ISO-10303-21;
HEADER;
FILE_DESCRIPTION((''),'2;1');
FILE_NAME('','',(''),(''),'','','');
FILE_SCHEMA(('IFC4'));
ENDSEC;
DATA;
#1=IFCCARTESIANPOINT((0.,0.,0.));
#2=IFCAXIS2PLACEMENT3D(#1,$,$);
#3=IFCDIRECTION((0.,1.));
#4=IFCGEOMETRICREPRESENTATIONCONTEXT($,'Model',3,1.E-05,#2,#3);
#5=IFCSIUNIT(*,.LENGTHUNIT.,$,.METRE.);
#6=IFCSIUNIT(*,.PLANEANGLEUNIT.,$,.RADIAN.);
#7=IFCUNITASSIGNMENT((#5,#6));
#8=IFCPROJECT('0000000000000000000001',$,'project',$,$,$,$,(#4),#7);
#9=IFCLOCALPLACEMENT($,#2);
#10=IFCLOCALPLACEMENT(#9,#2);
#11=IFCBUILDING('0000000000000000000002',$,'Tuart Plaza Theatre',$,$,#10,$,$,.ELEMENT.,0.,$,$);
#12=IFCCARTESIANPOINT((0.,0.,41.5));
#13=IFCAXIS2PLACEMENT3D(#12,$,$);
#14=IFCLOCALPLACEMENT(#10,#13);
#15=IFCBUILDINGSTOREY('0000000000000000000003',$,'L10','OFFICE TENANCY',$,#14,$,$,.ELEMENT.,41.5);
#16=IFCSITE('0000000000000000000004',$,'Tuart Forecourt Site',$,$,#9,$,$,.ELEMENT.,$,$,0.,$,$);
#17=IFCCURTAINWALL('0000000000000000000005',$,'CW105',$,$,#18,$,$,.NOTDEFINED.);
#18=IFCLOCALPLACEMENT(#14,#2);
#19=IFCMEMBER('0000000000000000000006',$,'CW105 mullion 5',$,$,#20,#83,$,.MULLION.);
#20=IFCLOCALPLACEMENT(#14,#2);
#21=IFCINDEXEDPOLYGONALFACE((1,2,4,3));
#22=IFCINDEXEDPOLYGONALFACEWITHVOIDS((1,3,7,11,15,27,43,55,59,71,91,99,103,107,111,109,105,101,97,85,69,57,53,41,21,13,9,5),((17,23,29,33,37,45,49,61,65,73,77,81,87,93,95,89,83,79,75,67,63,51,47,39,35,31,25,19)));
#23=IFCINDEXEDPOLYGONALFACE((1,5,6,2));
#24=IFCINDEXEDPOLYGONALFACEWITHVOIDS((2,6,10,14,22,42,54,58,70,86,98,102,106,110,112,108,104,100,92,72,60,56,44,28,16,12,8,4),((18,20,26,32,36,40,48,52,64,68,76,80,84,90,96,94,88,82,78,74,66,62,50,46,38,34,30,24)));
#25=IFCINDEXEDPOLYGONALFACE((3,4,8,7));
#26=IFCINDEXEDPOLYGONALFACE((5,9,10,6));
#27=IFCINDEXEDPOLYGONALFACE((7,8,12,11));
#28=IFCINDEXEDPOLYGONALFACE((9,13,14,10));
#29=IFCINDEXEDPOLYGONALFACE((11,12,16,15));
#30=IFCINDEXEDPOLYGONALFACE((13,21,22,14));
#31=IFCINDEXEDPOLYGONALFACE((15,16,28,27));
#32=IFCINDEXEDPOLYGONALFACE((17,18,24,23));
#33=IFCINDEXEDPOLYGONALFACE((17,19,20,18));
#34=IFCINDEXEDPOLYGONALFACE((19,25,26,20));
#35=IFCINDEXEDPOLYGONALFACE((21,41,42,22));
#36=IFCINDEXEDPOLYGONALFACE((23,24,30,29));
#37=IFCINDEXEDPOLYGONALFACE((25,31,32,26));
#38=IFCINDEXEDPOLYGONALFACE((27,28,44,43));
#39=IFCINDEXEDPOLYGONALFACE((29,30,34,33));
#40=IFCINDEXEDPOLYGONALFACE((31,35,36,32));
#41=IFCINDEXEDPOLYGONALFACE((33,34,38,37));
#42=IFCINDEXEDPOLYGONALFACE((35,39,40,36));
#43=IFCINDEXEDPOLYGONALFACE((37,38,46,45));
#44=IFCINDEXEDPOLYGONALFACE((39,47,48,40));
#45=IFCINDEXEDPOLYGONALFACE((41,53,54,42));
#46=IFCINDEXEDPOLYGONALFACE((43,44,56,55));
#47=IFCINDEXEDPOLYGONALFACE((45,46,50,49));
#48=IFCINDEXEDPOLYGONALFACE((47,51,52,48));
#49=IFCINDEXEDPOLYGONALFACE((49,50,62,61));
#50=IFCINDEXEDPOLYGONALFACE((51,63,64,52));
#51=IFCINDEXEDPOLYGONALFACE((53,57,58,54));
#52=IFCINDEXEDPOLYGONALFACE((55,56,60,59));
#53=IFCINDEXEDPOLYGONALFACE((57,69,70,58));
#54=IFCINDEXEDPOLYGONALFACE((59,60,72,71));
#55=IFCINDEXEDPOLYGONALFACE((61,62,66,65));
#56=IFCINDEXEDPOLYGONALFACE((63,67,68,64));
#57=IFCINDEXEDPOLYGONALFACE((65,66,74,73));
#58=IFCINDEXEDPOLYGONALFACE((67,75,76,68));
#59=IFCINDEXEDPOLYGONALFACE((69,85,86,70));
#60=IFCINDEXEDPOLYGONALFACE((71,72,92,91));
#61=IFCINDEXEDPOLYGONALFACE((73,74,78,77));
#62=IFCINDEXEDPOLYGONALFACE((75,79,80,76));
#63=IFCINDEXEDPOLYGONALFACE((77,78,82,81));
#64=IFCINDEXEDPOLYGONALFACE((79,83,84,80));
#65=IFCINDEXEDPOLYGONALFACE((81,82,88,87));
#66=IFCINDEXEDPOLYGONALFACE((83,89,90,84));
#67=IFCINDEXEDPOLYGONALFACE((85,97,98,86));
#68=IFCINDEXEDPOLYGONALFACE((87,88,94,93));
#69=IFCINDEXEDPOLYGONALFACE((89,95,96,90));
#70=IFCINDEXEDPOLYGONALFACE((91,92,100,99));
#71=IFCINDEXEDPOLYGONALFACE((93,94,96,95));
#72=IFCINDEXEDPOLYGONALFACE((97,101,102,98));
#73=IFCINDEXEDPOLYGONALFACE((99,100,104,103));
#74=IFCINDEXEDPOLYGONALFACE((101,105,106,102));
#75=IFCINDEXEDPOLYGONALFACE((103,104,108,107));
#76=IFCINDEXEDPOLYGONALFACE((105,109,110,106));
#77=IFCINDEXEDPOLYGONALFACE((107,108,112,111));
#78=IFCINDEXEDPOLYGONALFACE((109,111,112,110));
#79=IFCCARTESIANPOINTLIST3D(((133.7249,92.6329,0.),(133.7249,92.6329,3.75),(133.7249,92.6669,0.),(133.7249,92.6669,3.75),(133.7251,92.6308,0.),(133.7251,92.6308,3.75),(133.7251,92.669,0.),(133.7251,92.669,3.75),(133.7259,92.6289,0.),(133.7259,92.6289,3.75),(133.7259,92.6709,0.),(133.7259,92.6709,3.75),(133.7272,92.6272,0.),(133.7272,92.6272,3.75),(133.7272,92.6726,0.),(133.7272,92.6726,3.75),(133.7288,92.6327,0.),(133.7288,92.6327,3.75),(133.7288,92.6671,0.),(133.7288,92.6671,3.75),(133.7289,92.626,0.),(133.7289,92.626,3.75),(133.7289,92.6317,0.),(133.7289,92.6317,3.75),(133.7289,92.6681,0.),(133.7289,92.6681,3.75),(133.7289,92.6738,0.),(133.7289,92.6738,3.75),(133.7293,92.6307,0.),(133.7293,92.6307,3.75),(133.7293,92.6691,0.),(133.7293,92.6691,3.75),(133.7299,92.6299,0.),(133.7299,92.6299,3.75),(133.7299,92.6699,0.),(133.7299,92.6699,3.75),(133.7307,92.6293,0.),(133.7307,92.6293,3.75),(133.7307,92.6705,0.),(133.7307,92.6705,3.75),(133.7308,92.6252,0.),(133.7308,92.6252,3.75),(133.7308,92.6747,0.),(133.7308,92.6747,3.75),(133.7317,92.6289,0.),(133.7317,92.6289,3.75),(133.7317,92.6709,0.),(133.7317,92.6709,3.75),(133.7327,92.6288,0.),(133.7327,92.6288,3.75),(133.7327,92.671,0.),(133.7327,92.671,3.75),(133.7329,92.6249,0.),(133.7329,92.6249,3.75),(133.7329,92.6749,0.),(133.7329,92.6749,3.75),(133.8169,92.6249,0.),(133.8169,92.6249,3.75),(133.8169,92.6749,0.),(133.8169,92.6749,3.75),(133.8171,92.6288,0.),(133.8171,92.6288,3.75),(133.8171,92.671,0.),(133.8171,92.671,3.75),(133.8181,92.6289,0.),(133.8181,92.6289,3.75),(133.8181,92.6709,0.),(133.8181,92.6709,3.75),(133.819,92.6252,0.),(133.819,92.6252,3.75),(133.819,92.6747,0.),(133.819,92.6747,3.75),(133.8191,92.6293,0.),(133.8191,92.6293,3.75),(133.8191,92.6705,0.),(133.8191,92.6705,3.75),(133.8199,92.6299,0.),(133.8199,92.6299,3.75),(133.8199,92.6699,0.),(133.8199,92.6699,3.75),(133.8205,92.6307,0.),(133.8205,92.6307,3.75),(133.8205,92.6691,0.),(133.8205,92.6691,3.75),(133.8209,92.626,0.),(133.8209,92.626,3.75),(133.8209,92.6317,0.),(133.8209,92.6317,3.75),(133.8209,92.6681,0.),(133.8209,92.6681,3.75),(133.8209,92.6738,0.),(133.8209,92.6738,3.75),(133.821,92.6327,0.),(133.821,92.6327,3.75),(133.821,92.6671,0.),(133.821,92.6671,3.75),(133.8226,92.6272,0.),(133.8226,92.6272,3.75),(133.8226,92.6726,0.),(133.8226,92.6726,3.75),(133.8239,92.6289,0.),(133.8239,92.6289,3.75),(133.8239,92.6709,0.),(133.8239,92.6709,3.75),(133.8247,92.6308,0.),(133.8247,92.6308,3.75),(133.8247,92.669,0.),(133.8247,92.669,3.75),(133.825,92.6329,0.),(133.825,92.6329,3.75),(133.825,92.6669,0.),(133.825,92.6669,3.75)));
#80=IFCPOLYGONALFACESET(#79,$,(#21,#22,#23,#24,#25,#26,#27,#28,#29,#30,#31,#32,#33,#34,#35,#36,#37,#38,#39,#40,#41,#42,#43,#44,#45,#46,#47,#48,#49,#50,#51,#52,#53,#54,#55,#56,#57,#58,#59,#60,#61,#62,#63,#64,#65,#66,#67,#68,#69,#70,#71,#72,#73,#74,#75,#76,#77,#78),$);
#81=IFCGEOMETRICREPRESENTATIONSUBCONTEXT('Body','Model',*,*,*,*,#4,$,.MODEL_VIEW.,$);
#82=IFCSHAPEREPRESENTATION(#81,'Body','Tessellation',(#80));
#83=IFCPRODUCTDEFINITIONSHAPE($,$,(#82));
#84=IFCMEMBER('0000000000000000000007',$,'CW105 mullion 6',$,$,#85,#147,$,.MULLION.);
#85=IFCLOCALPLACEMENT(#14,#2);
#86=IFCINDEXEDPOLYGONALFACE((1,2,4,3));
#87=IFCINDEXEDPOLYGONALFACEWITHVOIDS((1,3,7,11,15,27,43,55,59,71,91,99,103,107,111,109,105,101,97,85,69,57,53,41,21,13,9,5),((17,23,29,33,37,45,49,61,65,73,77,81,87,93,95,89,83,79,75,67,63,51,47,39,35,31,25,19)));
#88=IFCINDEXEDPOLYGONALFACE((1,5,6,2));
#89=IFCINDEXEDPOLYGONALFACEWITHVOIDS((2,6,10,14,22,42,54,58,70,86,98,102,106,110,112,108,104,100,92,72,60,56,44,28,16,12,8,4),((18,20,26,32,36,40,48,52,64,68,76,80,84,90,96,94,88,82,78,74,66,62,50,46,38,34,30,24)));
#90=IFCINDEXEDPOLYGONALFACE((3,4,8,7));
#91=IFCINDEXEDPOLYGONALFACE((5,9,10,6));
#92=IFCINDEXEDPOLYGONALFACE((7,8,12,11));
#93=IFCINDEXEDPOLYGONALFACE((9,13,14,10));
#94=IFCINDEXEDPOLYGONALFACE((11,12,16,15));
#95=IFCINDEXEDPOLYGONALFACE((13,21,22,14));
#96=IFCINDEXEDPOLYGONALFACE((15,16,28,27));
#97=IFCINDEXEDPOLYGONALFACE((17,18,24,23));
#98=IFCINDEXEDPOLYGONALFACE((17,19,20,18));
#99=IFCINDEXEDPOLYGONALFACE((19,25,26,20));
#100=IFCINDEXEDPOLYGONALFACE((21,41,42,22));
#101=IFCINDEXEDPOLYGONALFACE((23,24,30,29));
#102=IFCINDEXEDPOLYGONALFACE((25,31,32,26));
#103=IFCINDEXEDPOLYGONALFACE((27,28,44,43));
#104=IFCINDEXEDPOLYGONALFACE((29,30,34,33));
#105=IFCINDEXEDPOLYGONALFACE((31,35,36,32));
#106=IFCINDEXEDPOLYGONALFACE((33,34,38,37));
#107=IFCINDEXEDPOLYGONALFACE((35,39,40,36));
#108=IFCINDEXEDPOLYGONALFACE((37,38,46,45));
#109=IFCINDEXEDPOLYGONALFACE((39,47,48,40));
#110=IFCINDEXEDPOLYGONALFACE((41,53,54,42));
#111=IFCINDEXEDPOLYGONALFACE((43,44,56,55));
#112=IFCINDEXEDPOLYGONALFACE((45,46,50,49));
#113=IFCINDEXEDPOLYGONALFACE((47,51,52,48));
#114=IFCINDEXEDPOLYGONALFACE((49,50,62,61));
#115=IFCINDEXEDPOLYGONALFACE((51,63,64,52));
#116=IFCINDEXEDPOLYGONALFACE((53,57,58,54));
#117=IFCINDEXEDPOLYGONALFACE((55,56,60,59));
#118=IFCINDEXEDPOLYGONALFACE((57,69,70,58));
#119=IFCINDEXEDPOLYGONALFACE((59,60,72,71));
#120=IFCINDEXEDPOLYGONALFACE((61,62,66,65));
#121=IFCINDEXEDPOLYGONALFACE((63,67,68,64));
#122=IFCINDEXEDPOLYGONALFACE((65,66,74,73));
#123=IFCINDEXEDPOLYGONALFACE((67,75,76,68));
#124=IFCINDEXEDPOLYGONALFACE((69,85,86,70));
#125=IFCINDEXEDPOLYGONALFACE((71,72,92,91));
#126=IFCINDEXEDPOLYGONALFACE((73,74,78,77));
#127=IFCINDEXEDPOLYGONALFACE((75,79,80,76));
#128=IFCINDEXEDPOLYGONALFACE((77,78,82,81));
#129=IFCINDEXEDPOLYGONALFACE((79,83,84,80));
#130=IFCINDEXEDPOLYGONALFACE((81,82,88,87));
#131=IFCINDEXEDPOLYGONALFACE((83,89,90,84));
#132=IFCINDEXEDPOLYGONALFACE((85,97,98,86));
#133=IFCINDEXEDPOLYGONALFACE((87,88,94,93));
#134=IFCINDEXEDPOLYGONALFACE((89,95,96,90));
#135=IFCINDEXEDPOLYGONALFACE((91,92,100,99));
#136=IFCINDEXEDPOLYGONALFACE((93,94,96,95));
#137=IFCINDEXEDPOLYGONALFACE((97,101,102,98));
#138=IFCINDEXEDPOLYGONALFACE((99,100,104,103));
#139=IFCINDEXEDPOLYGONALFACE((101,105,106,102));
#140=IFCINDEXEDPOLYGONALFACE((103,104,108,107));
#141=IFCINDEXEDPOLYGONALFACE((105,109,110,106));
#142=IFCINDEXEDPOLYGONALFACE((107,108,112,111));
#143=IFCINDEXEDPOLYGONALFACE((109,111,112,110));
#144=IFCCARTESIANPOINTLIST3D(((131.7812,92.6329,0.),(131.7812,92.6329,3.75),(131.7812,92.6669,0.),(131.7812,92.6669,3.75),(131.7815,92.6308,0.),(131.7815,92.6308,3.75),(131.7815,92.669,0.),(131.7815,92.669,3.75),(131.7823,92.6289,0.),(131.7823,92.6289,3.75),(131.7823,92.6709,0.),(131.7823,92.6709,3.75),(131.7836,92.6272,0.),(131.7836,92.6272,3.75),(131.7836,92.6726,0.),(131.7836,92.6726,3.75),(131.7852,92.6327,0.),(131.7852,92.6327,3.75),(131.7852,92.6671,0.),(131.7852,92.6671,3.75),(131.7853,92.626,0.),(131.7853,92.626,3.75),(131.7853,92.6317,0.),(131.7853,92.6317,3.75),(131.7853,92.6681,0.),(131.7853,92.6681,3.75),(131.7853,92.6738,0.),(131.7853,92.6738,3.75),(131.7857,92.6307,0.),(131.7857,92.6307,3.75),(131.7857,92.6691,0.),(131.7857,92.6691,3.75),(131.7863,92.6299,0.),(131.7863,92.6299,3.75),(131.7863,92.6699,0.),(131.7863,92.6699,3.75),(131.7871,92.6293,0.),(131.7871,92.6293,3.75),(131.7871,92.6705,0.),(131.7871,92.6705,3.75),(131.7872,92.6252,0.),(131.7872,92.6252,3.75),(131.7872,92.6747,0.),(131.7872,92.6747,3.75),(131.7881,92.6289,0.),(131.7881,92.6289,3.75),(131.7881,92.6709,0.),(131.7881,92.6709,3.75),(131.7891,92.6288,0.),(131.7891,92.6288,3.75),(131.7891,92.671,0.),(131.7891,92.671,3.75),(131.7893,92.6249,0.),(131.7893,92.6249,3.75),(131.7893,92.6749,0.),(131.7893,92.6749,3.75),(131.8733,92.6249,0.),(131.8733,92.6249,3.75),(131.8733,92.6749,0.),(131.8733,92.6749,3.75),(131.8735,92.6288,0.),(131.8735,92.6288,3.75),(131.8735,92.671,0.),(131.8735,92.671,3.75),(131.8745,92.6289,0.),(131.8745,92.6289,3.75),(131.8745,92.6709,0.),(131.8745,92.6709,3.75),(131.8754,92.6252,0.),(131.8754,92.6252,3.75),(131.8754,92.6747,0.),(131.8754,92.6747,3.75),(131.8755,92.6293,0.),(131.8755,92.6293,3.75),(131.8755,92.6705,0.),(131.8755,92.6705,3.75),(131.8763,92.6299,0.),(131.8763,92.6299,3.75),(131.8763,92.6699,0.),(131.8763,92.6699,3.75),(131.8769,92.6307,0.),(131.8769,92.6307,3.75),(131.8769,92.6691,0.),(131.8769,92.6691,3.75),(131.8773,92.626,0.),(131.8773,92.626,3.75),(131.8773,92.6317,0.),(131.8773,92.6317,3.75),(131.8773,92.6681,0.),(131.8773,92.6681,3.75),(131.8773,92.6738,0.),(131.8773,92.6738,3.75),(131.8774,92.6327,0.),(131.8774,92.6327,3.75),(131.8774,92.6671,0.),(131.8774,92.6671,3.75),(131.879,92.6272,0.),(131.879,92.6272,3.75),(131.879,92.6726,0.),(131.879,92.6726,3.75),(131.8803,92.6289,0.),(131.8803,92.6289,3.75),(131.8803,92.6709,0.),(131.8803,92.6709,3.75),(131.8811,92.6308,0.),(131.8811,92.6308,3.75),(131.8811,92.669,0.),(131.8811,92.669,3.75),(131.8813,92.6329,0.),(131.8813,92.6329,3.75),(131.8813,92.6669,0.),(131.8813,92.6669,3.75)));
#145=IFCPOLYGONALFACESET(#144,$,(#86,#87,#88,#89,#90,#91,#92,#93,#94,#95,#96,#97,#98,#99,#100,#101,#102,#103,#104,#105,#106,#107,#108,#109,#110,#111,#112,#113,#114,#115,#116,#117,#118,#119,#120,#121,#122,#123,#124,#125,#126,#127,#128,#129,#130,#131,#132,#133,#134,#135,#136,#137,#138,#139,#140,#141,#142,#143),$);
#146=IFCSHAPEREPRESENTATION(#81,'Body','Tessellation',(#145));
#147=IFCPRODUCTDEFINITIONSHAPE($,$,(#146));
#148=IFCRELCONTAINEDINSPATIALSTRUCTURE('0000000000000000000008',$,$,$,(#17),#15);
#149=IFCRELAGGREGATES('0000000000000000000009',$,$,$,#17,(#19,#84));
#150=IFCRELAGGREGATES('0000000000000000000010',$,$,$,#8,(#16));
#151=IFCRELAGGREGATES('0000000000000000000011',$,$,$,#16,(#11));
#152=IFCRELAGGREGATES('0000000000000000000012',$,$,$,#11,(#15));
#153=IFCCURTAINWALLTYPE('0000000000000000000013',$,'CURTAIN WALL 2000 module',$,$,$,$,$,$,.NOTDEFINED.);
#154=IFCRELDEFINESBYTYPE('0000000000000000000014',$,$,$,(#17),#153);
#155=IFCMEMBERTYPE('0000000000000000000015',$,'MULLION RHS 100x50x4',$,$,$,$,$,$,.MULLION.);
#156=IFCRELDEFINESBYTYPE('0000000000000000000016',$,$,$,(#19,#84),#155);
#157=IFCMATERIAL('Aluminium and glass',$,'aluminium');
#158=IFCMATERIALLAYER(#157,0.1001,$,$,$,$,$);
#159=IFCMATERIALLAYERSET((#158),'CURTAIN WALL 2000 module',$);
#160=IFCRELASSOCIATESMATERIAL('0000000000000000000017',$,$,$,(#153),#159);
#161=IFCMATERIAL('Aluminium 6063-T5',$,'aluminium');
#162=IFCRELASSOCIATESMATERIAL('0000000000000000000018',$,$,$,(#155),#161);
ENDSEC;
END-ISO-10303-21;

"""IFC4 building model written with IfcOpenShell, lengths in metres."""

from ifc_helpers import new_model, si_unit, direction, frame, origin, origin_2d, place, context, subcontext, project, spatial, hollow_rectangle, extrude, material, layer, layer_set, material_profile, profile_set, type_object, element, aggregate, save


model = new_model("IFC4")

# Units and contexts
model_context = context("Model", 3, precision=1e-05, world=origin(), true_north=direction((0.0, 1.0)))
body_context = subcontext(model_context, "Body", "Model", "MODEL_VIEW")
ifc_project = project(units=[si_unit("LENGTHUNIT", "METRE"), si_unit("PLANEANGLEUNIT", "RADIAN")], contexts=[model_context])

# Site, building, storey
site_placement = place(None, origin())
site = spatial("IfcSite", under=ifc_project, at=site_placement, Name="Tuart Forecourt Site", CompositionType="ELEMENT", RefElevation=0.0)
building_placement = place(site_placement, origin())
building = spatial("IfcBuilding", under=site, at=building_placement, Name="Tuart Plaza Theatre", CompositionType="ELEMENT", ElevationOfRefHeight=0.0)
storey_placement = place(building_placement, frame((0.0, 0.0, 41.5)))
storey = spatial("IfcBuildingStorey", under=building, at=storey_placement, Name="L10", Description="OFFICE TENANCY", CompositionType="ELEMENT", Elevation=41.5)

# Curtain wall, members
ifc_material_1 = material(Name="Aluminium and glass", Category="aluminium")
ifc_layer_1 = layer(ifc_material_1, 0.1001)
ifc_layer_set_1 = layer_set([ifc_layer_1], Name="CURTAIN WALL 2000 module")
curtain_wall_type = type_object("IfcCurtainWallType", Name="CURTAIN WALL 2000 module", PredefinedType="NOTDEFINED", material=ifc_layer_set_1)
curtain_wall_placement = place(storey_placement, origin())
curtain_wall = element("IfcCurtainWall", 1, at=curtain_wall_placement, inside=storey, type_object=curtain_wall_type, Name="CW105", PredefinedType="NOTDEFINED")
ifc_material_2 = material(Name="Aluminium 6063-T5", Category="aluminium")
ifc_material_profile_1 = material_profile(ifc_material_2, hollow_rectangle(XDim=0.05, YDim=0.1001, WallThickness=0.0039, InnerFilletRadius=0.0039, OuterFilletRadius=0.0081, at=origin_2d()), Name="RHS 100x50x4")
ifc_profile_set_1 = profile_set([ifc_material_profile_1], Name="Aluminium 6063-T5")
member_type_1 = type_object("IfcMemberType", Name="MULLION RHS 100x50x4", PredefinedType="MULLION", material=ifc_profile_set_1)
member_1_placement = place(storey_placement, frame((133.7749, 92.6499, 0.0), z_axis=(0.0, 0.0, 1.0), x_axis=(0.0, -1.0, 0.0)))
member_1 = element("IfcMember", 2, at=member_1_placement, type_object=member_type_1, Name="CW105 mullion 5", PredefinedType="MULLION", context=body_context, shape_type="SweptSolid", body=[
    extrude(hollow_rectangle(XDim=0.05, YDim=0.1001, WallThickness=0.0039, InnerFilletRadius=0.0039, OuterFilletRadius=0.0081, at=origin_2d()), origin(), (0.0, 0.0, 1.0), 3.75),
])
member_2_placement = place(storey_placement, frame((131.8313, 92.6499, 0.0), z_axis=(0.0, 0.0, 1.0), x_axis=(0.0, -1.0, 0.0)))
member_2 = element("IfcMember", 3, at=member_2_placement, type_object=member_type_1, Name="CW105 mullion 6", PredefinedType="MULLION", context=body_context, shape_type="SweptSolid", body=[
    extrude(hollow_rectangle(XDim=0.05, YDim=0.1001, WallThickness=0.0039, InnerFilletRadius=0.0039, OuterFilletRadius=0.0081, at=origin_2d()), origin(), (0.0, 0.0, 1.0), 3.75),
])
aggregate(curtain_wall, [member_1, member_2])

save(model, "model.ifc")
